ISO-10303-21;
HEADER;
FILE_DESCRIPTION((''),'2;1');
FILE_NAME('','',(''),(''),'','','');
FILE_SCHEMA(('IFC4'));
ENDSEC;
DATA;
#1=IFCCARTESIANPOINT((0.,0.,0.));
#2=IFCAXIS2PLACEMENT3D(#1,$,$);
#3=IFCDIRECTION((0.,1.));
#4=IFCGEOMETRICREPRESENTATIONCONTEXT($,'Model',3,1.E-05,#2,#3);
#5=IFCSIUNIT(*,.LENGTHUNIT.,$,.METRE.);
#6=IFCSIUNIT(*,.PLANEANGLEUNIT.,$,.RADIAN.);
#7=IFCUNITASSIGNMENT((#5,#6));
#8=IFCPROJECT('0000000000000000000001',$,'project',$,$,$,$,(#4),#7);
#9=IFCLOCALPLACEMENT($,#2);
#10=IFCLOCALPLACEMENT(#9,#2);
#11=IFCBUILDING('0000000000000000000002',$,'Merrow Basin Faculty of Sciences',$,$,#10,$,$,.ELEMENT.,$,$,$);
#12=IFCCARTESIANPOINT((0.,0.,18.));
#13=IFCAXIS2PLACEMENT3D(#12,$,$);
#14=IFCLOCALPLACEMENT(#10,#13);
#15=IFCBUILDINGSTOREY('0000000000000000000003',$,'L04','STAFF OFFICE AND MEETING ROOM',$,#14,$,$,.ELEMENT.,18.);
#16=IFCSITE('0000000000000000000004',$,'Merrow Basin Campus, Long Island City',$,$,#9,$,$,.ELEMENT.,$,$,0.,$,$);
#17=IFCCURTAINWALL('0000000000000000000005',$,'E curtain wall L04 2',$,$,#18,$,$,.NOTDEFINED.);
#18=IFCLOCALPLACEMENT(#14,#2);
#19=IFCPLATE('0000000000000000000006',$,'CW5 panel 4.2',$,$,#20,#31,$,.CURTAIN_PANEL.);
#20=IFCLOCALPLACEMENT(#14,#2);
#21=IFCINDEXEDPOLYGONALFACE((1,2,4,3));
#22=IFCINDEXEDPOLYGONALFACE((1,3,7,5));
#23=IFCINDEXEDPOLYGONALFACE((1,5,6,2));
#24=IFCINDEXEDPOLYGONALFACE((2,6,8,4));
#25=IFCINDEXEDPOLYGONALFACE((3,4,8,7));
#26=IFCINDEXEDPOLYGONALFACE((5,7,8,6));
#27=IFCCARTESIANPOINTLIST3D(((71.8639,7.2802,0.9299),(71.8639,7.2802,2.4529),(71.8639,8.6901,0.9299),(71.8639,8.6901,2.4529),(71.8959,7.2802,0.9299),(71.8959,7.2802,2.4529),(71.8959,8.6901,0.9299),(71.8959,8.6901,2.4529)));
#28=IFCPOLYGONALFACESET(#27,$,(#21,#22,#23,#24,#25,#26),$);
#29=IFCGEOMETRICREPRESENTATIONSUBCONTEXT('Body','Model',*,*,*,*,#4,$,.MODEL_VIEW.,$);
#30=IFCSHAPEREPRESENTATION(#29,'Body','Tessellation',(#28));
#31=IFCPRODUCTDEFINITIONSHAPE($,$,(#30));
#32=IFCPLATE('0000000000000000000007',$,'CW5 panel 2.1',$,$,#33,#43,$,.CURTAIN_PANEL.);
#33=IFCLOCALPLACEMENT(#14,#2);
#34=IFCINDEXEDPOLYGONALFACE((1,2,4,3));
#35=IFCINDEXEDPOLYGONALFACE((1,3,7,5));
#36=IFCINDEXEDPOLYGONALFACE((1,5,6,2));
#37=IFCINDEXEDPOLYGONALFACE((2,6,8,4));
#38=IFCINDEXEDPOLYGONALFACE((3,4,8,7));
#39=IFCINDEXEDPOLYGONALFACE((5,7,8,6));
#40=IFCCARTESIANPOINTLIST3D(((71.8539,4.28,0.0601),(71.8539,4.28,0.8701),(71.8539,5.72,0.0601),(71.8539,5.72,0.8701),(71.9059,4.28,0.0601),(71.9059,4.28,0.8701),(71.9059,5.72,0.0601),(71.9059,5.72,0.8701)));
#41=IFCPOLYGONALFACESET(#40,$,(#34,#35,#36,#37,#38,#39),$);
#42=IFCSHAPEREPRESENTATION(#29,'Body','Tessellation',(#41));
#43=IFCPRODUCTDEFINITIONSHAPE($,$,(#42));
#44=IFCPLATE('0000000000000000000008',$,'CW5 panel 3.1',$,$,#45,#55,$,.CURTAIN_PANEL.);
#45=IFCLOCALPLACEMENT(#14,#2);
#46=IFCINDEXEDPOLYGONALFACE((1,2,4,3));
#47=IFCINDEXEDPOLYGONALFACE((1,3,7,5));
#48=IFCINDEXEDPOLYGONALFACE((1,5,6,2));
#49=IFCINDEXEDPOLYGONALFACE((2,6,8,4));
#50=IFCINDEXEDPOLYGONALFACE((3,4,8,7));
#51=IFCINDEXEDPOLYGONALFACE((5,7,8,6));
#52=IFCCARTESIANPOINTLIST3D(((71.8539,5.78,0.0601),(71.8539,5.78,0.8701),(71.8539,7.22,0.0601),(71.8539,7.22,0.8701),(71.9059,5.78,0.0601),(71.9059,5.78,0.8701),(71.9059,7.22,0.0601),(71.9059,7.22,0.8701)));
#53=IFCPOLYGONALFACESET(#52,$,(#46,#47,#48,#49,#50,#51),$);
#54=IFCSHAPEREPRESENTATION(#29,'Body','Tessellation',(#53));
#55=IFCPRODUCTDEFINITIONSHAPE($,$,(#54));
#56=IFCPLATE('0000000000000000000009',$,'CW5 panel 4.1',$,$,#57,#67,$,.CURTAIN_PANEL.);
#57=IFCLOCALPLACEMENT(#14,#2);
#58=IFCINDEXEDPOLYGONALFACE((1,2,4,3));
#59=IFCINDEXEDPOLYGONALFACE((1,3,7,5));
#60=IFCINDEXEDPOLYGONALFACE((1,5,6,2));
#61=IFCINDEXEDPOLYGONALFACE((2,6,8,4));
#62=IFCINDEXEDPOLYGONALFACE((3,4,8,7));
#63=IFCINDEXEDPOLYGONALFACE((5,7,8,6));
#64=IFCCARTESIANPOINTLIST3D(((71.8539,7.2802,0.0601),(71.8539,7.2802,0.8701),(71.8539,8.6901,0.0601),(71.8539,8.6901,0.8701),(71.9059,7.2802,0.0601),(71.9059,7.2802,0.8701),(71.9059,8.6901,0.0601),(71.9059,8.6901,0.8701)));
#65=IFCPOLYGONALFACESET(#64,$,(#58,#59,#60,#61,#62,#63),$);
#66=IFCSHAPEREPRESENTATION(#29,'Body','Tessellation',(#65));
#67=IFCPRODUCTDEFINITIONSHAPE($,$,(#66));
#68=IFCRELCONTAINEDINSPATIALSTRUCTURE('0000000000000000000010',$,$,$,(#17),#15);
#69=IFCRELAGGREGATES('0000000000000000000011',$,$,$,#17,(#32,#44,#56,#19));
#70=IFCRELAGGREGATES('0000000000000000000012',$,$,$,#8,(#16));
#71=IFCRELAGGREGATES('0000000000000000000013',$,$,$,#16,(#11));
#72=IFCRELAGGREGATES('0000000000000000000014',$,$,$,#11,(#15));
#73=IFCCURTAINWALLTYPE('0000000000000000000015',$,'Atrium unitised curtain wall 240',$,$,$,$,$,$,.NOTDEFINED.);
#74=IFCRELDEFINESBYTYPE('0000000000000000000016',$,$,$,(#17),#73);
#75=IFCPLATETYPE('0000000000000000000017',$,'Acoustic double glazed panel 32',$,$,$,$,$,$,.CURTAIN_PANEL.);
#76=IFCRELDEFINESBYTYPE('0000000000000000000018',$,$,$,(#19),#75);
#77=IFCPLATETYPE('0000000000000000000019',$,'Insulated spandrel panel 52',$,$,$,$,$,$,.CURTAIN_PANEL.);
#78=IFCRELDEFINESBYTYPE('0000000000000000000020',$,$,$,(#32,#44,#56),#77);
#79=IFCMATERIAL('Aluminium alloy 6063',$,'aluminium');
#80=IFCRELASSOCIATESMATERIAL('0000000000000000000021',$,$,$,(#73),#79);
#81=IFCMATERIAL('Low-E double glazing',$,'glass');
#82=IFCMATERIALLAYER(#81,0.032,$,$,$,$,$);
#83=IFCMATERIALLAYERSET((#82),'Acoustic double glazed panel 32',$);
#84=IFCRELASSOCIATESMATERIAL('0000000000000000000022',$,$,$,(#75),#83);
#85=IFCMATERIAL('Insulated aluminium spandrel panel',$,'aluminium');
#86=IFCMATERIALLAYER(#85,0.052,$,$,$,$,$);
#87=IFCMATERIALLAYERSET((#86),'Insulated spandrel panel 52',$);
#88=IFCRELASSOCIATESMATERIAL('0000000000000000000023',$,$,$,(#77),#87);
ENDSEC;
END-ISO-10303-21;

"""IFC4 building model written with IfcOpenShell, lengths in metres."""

from ifc_helpers import new_model, si_unit, direction, frame, origin, origin_2d, place, context, subcontext, project, spatial, rectangle, extrude, material, layer, layer_set, type_object, element, aggregate, save


model = new_model("IFC4")

# Units and contexts
model_context = context("Model", 3, precision=1e-05, world=origin(), true_north=direction((0.0, 1.0)))
body_context = subcontext(model_context, "Body", "Model", "MODEL_VIEW")
ifc_project = project(units=[si_unit("LENGTHUNIT", "METRE"), si_unit("PLANEANGLEUNIT", "RADIAN")], contexts=[model_context])

# Site, building, storey
site_placement = place(None, origin())
site = spatial("IfcSite", under=ifc_project, at=site_placement, Name="Merrow Basin Campus, Long Island City", CompositionType="ELEMENT", RefElevation=0.0)
building_placement = place(site_placement, origin())
building = spatial("IfcBuilding", under=site, at=building_placement, Name="Merrow Basin Faculty of Sciences", CompositionType="ELEMENT")
storey_placement = place(building_placement, frame((0.0, 0.0, 18.0)))
storey = spatial("IfcBuildingStorey", under=building, at=storey_placement, Name="L04", Description="STAFF OFFICE AND MEETING ROOM", CompositionType="ELEMENT", Elevation=18.0)

# Curtain wall
ifc_material_1 = material(Name="Aluminium alloy 6063", Category="aluminium")
curtain_wall_type = type_object("IfcCurtainWallType", Name="Atrium unitised curtain wall 240", PredefinedType="NOTDEFINED", material=ifc_material_1)
curtain_wall_placement = place(storey_placement, origin())
curtain_wall = element("IfcCurtainWall", 1, at=curtain_wall_placement, inside=storey, type_object=curtain_wall_type, Name="E curtain wall L04 2", PredefinedType="NOTDEFINED")

# Plates
ifc_material_2 = material(Name="Low-E double glazing", Category="glass")
ifc_layer_1 = layer(ifc_material_2, 0.032)
ifc_layer_set_1 = layer_set([ifc_layer_1], Name="Acoustic double glazed panel 32")
plate_type_1 = type_object("IfcPlateType", Name="Acoustic double glazed panel 32", PredefinedType="CURTAIN_PANEL", material=ifc_layer_set_1)
plate_1_placement = place(storey_placement, frame((71.8799, 7.9851, 0.9299), z_axis=(0.0, 0.0, 1.0), x_axis=(0.0, 1.0, 0.0)))
plate_1 = element("IfcPlate", 2, at=plate_1_placement, type_object=plate_type_1, Name="CW5 panel 4.2", PredefinedType="CURTAIN_PANEL", context=body_context, shape_type="SweptSolid", body=[
    extrude(rectangle(XDim=1.4099, YDim=0.032, at=origin_2d()), origin(), (0.0, 0.0, 1.0), 1.5229),
])
ifc_material_3 = material(Name="Insulated aluminium spandrel panel", Category="aluminium")
ifc_layer_2 = layer(ifc_material_3, 0.052)
ifc_layer_set_2 = layer_set([ifc_layer_2], Name="Insulated spandrel panel 52")
plate_type_2 = type_object("IfcPlateType", Name="Insulated spandrel panel 52", PredefinedType="CURTAIN_PANEL", material=ifc_layer_set_2)
plate_2_placement = place(storey_placement, frame((71.8799, 5.0, 0.0601), z_axis=(0.0, 0.0, 1.0), x_axis=(0.0, 1.0, 0.0)))
plate_2 = element("IfcPlate", 3, at=plate_2_placement, type_object=plate_type_2, Name="CW5 panel 2.1", PredefinedType="CURTAIN_PANEL", context=body_context, shape_type="SweptSolid", body=[
    extrude(rectangle(XDim=1.4399, YDim=0.052, at=origin_2d()), origin(), (0.0, 0.0, 1.0), 0.8101),
])
plate_3_placement = place(storey_placement, frame((71.8799, 6.5, 0.0601), z_axis=(0.0, 0.0, 1.0), x_axis=(0.0, 1.0, 0.0)))
plate_3 = element("IfcPlate", 4, at=plate_3_placement, type_object=plate_type_2, Name="CW5 panel 3.1", PredefinedType="CURTAIN_PANEL", context=body_context, shape_type="SweptSolid", body=[
    extrude(rectangle(XDim=1.4399, YDim=0.052, at=origin_2d()), origin(), (0.0, 0.0, 1.0), 0.8101),
])
plate_4_placement = place(storey_placement, frame((71.8799, 7.9851, 0.0601), z_axis=(0.0, 0.0, 1.0), x_axis=(0.0, 1.0, 0.0)))
plate_4 = element("IfcPlate", 5, at=plate_4_placement, type_object=plate_type_2, Name="CW5 panel 4.1", PredefinedType="CURTAIN_PANEL", context=body_context, shape_type="SweptSolid", body=[
    extrude(rectangle(XDim=1.4099, YDim=0.052, at=origin_2d()), origin(), (0.0, 0.0, 1.0), 0.8101),
])
aggregate(curtain_wall, [plate_2, plate_3, plate_4, plate_1])

save(model, "model.ifc")
